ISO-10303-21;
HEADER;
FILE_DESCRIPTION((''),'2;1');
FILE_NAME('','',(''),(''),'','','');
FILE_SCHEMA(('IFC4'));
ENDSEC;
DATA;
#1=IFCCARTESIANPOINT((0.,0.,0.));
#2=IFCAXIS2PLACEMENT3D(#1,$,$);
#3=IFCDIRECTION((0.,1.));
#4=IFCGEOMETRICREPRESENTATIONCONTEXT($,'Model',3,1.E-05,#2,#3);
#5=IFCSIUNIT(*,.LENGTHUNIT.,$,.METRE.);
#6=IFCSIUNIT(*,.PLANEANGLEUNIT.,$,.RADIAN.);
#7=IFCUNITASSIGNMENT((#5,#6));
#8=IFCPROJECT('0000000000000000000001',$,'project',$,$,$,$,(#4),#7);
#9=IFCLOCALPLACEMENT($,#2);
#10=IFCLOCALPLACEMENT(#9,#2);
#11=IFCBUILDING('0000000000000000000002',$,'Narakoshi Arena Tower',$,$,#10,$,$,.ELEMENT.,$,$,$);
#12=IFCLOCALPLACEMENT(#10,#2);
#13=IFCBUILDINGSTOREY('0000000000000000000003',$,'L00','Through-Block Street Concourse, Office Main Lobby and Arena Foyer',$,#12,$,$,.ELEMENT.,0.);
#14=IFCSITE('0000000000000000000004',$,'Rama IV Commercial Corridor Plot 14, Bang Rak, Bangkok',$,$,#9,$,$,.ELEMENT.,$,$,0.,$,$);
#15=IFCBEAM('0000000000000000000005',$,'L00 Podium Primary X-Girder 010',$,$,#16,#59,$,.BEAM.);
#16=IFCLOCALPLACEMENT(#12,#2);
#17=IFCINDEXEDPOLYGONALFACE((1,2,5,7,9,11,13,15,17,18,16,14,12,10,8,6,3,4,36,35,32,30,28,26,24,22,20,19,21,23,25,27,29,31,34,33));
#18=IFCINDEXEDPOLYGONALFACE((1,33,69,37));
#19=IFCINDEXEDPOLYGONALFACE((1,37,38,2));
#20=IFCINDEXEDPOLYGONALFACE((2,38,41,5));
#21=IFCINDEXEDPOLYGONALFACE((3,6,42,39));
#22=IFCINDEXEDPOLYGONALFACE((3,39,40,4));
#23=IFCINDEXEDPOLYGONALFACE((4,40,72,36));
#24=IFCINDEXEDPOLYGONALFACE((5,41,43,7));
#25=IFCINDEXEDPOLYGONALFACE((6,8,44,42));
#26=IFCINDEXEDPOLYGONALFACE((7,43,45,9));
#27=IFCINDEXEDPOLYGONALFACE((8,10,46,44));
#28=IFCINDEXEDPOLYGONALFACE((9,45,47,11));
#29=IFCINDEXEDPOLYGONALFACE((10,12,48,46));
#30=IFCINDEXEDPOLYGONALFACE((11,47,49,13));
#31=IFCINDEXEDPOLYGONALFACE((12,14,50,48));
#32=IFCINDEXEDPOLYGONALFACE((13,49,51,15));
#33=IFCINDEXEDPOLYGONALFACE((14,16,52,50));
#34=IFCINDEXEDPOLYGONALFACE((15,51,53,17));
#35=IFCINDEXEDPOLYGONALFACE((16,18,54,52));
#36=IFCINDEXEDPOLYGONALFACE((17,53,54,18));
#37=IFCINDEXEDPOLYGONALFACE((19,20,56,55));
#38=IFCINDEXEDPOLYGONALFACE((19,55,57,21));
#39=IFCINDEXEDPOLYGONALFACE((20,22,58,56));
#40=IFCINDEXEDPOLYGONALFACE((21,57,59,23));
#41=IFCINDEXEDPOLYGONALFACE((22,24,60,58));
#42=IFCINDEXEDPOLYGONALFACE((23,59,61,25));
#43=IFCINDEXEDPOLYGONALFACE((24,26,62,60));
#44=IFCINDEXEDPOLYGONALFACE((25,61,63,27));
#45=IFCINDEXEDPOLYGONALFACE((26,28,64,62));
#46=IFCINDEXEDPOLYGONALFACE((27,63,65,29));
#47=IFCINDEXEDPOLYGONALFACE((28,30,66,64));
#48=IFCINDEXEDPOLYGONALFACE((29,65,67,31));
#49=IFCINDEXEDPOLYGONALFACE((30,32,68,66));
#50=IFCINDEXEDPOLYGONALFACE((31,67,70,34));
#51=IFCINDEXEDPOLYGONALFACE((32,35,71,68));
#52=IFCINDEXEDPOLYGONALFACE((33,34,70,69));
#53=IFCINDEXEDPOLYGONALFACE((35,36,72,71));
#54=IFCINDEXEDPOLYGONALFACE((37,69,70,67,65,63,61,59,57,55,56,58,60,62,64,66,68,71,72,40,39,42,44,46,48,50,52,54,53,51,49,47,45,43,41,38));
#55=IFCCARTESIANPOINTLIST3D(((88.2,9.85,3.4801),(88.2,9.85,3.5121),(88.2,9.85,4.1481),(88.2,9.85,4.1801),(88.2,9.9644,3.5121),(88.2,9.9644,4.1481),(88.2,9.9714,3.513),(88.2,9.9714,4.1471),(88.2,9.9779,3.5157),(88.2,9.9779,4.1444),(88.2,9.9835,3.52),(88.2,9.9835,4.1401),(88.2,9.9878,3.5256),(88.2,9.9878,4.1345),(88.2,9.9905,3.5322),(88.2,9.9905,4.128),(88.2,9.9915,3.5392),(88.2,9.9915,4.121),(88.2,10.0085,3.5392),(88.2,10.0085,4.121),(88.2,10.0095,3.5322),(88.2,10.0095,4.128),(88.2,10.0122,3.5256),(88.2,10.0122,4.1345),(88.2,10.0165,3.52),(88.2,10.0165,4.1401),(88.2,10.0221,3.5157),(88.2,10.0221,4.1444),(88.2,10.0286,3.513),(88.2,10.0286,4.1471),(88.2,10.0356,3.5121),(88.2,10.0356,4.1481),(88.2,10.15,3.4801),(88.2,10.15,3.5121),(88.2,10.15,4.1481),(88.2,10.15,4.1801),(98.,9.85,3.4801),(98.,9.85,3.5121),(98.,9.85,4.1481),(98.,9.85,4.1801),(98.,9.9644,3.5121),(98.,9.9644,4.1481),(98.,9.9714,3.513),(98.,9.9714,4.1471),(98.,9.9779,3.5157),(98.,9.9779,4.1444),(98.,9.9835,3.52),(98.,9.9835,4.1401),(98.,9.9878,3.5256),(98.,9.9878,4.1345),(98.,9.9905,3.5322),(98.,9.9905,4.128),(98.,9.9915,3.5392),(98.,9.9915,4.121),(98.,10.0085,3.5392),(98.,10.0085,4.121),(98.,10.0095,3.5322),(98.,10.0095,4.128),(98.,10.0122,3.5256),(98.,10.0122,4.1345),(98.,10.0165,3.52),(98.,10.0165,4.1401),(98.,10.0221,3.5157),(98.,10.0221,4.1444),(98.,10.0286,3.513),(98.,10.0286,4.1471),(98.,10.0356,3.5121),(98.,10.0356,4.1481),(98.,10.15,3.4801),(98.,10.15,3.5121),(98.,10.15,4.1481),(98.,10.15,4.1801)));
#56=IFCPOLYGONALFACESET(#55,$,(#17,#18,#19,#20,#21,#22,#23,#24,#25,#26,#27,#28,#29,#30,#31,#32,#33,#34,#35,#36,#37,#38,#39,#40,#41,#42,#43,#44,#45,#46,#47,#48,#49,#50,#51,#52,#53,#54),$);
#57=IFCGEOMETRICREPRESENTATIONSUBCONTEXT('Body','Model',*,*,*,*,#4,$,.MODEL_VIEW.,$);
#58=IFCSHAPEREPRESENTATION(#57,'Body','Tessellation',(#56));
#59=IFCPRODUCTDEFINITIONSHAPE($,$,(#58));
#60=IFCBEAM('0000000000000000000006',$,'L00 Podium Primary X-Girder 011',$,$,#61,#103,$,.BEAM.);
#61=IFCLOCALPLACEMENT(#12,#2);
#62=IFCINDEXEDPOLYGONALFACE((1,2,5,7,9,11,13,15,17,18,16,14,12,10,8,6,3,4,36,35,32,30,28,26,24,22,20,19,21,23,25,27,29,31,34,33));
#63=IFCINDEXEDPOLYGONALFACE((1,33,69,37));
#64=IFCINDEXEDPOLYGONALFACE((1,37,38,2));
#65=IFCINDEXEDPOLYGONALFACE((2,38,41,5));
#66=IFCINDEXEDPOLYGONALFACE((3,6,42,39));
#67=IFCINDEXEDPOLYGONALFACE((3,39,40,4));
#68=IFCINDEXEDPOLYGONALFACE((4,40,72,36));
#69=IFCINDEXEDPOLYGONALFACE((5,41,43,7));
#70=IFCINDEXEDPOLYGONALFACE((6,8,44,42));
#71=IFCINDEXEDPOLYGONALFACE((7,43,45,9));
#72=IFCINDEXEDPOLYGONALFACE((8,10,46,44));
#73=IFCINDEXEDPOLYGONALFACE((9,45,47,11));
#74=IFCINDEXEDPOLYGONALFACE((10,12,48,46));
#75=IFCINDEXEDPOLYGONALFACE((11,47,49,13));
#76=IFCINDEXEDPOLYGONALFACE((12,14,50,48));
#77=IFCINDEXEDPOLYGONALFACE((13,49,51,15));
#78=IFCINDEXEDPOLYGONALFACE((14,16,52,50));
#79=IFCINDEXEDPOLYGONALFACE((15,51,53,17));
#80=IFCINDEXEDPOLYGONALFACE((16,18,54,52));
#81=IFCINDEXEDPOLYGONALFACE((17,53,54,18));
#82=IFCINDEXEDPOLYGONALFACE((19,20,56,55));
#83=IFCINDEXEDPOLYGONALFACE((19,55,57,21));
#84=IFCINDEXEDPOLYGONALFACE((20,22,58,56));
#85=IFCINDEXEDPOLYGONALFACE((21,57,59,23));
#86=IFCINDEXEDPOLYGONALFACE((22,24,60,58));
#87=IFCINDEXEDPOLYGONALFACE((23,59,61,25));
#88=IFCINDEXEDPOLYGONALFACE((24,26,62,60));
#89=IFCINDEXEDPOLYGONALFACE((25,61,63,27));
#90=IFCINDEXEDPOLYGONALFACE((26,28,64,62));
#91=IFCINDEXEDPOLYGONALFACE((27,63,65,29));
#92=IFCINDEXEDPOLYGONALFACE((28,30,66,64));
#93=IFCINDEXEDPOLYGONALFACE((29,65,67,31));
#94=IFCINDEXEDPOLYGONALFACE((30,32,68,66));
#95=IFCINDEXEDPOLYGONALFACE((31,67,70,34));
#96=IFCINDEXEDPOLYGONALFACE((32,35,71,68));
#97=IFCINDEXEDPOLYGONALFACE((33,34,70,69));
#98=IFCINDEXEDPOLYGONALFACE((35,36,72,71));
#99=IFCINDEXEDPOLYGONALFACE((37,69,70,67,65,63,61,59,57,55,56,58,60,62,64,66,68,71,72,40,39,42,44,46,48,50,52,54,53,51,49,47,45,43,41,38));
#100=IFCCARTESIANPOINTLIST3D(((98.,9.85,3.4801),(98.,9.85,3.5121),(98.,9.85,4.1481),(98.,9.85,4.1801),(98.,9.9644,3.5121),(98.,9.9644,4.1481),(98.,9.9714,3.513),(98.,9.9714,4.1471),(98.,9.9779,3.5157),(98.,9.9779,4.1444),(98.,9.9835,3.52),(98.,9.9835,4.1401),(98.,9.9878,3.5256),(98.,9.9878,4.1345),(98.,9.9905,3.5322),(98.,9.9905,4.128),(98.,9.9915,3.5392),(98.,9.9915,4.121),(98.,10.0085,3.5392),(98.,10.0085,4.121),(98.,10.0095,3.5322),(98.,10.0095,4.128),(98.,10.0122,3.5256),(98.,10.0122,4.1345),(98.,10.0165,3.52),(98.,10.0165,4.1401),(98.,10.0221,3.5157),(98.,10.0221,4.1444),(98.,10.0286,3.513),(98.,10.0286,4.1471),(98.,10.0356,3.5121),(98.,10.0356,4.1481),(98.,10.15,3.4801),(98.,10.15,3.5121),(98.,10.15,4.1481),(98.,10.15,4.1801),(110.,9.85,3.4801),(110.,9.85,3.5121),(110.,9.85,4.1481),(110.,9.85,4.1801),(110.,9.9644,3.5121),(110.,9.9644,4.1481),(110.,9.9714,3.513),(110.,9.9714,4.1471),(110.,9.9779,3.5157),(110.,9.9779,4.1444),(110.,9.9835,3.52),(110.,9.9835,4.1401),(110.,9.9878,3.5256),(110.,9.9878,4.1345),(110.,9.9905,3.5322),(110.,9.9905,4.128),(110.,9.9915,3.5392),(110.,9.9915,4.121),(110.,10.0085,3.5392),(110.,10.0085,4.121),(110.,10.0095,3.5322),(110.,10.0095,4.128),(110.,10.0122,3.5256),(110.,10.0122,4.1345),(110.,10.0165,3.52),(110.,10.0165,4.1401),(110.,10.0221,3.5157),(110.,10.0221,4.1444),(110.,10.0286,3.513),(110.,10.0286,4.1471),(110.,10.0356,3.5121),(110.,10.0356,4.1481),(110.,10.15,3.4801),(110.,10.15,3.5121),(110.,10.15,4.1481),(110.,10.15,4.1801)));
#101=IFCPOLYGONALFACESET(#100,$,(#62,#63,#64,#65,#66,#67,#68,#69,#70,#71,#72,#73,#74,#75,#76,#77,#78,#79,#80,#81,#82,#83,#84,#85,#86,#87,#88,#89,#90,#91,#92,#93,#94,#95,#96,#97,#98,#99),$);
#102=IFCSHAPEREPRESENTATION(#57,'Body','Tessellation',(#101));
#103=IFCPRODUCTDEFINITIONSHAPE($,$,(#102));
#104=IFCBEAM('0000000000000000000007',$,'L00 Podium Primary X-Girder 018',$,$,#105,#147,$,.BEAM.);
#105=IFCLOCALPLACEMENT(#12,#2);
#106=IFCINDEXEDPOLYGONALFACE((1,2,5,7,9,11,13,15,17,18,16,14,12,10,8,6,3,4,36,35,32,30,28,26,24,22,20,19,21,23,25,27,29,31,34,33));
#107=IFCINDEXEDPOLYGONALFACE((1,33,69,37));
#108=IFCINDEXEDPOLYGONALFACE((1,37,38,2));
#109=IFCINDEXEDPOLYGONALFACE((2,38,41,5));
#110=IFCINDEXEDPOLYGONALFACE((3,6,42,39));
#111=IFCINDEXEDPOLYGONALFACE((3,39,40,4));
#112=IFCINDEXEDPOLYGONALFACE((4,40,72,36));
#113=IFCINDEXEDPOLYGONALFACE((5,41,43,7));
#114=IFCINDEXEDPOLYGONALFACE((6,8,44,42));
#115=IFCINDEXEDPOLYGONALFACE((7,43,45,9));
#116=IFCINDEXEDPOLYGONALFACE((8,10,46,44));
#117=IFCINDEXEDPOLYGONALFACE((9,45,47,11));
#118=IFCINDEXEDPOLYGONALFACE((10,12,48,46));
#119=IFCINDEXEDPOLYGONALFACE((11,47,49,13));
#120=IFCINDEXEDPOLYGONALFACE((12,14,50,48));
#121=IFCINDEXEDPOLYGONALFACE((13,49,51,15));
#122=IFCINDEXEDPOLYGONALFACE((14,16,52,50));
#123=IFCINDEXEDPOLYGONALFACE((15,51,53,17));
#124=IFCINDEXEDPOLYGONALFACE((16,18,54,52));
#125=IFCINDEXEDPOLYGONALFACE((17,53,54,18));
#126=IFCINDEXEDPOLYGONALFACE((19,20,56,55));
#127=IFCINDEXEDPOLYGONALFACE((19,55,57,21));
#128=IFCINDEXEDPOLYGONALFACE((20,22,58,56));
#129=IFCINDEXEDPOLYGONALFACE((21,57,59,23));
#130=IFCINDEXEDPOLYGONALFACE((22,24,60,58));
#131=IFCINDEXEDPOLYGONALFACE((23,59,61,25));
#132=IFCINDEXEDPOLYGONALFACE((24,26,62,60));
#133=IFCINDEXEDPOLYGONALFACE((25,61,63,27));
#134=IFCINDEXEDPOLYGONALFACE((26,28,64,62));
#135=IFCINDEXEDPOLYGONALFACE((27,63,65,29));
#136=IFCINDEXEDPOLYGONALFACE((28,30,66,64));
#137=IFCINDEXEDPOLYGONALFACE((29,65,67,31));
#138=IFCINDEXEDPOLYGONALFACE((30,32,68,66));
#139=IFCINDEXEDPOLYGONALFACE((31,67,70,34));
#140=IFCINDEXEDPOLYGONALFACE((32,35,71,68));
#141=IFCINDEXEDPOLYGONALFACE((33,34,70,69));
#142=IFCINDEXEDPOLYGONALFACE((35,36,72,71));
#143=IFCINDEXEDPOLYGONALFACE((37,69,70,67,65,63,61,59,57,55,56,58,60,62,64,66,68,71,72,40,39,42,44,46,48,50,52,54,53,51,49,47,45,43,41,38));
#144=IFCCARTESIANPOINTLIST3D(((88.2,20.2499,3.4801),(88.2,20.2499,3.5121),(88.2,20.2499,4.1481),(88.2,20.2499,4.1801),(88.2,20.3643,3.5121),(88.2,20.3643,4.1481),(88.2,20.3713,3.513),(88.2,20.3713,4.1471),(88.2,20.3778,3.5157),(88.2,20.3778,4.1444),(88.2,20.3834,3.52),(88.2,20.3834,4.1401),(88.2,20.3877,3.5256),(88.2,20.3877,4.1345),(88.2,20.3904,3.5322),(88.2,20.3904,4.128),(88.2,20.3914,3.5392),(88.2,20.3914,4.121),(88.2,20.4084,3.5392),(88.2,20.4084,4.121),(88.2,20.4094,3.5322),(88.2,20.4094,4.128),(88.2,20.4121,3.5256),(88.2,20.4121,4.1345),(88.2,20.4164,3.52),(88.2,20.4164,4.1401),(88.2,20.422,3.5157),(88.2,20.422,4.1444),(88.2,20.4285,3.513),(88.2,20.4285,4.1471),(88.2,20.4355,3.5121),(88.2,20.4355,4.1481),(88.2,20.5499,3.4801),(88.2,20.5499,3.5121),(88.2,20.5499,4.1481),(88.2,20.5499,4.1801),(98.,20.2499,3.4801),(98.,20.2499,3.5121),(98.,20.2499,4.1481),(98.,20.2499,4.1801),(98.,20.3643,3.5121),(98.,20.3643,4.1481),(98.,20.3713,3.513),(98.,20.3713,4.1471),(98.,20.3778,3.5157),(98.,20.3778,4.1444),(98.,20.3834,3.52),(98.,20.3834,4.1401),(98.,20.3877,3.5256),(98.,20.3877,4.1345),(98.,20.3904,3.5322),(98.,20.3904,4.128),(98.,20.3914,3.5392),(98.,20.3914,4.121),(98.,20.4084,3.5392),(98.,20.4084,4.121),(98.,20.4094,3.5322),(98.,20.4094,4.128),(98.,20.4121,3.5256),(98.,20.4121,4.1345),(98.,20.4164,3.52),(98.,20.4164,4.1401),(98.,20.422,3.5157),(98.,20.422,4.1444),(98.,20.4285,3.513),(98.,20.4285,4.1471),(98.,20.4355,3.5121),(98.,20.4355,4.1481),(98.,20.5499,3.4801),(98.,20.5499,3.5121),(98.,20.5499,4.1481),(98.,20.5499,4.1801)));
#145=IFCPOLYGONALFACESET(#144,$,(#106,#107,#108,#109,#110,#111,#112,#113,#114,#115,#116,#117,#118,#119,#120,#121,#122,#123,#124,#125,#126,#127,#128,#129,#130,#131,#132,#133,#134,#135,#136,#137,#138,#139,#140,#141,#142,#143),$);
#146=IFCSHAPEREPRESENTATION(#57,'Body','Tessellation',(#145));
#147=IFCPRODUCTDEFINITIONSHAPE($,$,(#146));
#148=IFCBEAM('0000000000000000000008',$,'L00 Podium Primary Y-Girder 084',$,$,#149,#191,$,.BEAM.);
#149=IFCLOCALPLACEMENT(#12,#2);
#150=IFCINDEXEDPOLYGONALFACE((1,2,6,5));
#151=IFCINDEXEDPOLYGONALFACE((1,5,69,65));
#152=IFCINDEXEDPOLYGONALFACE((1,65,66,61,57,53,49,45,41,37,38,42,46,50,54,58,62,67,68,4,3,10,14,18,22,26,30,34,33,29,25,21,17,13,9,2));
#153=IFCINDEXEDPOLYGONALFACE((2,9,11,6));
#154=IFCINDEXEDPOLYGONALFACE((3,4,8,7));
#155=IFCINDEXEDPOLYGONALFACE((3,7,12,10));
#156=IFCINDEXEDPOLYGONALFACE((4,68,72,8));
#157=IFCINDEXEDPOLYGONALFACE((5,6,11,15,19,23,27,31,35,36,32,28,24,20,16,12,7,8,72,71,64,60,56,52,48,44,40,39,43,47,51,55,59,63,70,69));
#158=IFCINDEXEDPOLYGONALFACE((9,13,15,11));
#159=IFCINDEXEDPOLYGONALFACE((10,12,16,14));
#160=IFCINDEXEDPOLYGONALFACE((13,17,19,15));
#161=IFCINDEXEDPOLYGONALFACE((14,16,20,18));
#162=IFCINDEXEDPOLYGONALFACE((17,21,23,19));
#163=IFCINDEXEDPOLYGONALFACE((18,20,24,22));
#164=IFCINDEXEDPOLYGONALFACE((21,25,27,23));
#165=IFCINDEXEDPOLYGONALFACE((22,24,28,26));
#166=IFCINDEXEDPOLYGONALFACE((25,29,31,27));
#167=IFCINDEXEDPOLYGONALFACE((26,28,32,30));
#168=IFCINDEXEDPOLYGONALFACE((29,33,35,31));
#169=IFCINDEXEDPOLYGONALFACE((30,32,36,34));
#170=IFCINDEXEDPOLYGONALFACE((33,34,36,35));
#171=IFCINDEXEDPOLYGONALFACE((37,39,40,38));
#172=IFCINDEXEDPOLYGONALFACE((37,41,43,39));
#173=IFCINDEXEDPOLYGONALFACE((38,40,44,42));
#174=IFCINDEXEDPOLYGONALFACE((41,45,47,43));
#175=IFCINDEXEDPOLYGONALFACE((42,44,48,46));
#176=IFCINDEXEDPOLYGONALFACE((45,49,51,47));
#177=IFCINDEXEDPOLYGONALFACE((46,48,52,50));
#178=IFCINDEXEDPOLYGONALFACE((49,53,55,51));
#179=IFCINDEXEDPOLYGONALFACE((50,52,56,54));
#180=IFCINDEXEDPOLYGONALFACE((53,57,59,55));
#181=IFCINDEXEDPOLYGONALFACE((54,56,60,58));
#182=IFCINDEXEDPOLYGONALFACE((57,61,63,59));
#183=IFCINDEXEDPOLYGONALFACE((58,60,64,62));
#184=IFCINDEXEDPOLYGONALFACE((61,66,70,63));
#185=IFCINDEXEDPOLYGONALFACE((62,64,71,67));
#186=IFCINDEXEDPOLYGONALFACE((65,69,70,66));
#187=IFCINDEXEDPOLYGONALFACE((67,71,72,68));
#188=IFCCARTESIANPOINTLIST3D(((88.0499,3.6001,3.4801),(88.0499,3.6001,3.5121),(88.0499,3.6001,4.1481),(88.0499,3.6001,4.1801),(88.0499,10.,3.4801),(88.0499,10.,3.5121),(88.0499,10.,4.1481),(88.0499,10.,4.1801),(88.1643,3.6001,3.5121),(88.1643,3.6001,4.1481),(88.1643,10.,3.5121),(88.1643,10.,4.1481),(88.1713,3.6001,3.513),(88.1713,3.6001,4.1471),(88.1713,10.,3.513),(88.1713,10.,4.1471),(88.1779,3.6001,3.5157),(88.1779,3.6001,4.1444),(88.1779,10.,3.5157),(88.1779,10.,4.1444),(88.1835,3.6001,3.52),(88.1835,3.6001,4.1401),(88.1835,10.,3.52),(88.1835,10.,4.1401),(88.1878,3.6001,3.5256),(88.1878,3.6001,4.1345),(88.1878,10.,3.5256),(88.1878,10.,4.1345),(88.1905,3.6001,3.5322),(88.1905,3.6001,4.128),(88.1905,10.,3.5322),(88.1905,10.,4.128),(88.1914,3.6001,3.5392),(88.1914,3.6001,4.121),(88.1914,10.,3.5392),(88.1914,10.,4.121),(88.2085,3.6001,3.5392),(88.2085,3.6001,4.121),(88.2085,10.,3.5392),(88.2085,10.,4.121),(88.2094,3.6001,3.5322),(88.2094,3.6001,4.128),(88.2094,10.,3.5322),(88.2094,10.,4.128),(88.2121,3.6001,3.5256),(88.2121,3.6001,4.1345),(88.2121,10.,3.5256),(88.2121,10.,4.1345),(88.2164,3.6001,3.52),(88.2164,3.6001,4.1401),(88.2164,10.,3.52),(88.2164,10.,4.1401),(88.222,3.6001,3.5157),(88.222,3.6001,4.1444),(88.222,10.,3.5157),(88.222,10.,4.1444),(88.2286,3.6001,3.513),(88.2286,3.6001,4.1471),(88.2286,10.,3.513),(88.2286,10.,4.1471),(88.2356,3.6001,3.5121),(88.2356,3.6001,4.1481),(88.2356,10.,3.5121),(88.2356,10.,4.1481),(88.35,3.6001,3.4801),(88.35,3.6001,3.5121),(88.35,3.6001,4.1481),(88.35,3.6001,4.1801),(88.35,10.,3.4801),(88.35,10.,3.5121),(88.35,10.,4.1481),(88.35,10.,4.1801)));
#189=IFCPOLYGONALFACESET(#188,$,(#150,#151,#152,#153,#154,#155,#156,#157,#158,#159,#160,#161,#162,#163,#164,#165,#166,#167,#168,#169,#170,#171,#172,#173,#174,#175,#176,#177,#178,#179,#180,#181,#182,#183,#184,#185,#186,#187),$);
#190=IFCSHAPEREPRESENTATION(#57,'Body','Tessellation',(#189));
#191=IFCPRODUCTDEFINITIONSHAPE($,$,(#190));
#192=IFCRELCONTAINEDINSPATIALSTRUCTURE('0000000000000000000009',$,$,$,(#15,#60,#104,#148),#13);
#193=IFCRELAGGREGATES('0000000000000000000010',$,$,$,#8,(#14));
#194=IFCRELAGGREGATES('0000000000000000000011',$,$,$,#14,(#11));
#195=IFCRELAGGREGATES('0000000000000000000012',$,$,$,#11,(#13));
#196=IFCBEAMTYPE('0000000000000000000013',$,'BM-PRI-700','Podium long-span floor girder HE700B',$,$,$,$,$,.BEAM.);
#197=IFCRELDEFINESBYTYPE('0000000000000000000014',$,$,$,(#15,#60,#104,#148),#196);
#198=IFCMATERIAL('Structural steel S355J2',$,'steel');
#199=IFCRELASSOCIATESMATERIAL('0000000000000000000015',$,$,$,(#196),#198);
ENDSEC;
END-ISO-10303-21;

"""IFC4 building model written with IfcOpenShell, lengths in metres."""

from ifc_helpers import new_model, si_unit, direction, frame, origin, origin_2d, place, context, subcontext, project, spatial, i_section, extrude, material, material_profile, profile_set, type_object, element, save


model = new_model("IFC4")

# Units and contexts
model_context = context("Model", 3, precision=1e-05, world=origin(), true_north=direction((0.0, 1.0)))
body_context = subcontext(model_context, "Body", "Model", "MODEL_VIEW")
ifc_project = project(units=[si_unit("LENGTHUNIT", "METRE"), si_unit("PLANEANGLEUNIT", "RADIAN")], contexts=[model_context])

# Site, building, storey
site_placement = place(None, origin())
site = spatial("IfcSite", under=ifc_project, at=site_placement, Name="Rama IV Commercial Corridor Plot 14, Bang Rak, Bangkok", CompositionType="ELEMENT", RefElevation=0.0)
building_placement = place(site_placement, origin())
building = spatial("IfcBuilding", under=site, at=building_placement, Name="Narakoshi Arena Tower", CompositionType="ELEMENT")
storey_placement = place(building_placement, origin())
storey = spatial("IfcBuildingStorey", under=building, at=storey_placement, Name="L00", Description="Through-Block Street Concourse, Office Main Lobby and Arena Foyer", CompositionType="ELEMENT", Elevation=0.0)

# Beams
ifc_material_1 = material(Name="Structural steel S355J2", Category="steel")
ifc_material_profile_1 = material_profile(ifc_material_1, i_section(OverallWidth=0.3, OverallDepth=0.7, WebThickness=0.0171, FlangeThickness=0.032, FilletRadius=0.0271, at=origin_2d()), Name="HE700B")
ifc_profile_set_1 = profile_set([ifc_material_profile_1], Name="Structural steel S355J2")
beam_type_1 = type_object("IfcBeamType", Name="BM-PRI-700", Description="Podium long-span floor girder HE700B", PredefinedType="BEAM", material=ifc_profile_set_1)
beam_1_placement = place(storey_placement, frame((88.2, 10.0, 3.8301), z_axis=(1.0, 0.0, 0.0), x_axis=(0.0, 1.0, 0.0)))
element("IfcBeam", 1, at=beam_1_placement, inside=storey, type_object=beam_type_1, Name="L00 Podium Primary X-Girder 010", PredefinedType="BEAM", context=body_context, shape_type="SweptSolid", body=[
    extrude(i_section(OverallWidth=0.3, OverallDepth=0.7, WebThickness=0.0171, FlangeThickness=0.032, FilletRadius=0.0271, at=origin_2d()), origin(), (0.0, 0.0, 1.0), 9.8),
])
beam_2_placement = place(storey_placement, frame((98.0, 10.0, 3.8301), z_axis=(1.0, 0.0, 0.0), x_axis=(0.0, 1.0, 0.0)))
element("IfcBeam", 2, at=beam_2_placement, inside=storey, type_object=beam_type_1, Name="L00 Podium Primary X-Girder 011", PredefinedType="BEAM", context=body_context, shape_type="SweptSolid", body=[
    extrude(i_section(OverallWidth=0.3, OverallDepth=0.7, WebThickness=0.0171, FlangeThickness=0.032, FilletRadius=0.0271, at=origin_2d()), origin(), (0.0, 0.0, 1.0), 12.0),
])
beam_3_placement = place(storey_placement, frame((88.2, 20.3999, 3.8301), z_axis=(1.0, 0.0, 0.0), x_axis=(0.0, 1.0, 0.0)))
element("IfcBeam", 3, at=beam_3_placement, inside=storey, type_object=beam_type_1, Name="L00 Podium Primary X-Girder 018", PredefinedType="BEAM", context=body_context, shape_type="SweptSolid", body=[
    extrude(i_section(OverallWidth=0.3, OverallDepth=0.7, WebThickness=0.0171, FlangeThickness=0.032, FilletRadius=0.0271, at=origin_2d()), origin(), (0.0, 0.0, 1.0), 9.8),
])
beam_4_placement = place(storey_placement, frame((88.2, 3.6001, 3.8301), z_axis=(0.0, 1.0, 0.0), x_axis=(-1.0, 0.0, 0.0)))
element("IfcBeam", 4, at=beam_4_placement, inside=storey, type_object=beam_type_1, Name="L00 Podium Primary Y-Girder 084", PredefinedType="BEAM", context=body_context, shape_type="SweptSolid", body=[
    extrude(i_section(OverallWidth=0.3, OverallDepth=0.7, WebThickness=0.0171, FlangeThickness=0.032, FilletRadius=0.0271, at=origin_2d()), origin(), (0.0, 0.0, 1.0), 6.3999),
])

save(model, "model.ifc")
